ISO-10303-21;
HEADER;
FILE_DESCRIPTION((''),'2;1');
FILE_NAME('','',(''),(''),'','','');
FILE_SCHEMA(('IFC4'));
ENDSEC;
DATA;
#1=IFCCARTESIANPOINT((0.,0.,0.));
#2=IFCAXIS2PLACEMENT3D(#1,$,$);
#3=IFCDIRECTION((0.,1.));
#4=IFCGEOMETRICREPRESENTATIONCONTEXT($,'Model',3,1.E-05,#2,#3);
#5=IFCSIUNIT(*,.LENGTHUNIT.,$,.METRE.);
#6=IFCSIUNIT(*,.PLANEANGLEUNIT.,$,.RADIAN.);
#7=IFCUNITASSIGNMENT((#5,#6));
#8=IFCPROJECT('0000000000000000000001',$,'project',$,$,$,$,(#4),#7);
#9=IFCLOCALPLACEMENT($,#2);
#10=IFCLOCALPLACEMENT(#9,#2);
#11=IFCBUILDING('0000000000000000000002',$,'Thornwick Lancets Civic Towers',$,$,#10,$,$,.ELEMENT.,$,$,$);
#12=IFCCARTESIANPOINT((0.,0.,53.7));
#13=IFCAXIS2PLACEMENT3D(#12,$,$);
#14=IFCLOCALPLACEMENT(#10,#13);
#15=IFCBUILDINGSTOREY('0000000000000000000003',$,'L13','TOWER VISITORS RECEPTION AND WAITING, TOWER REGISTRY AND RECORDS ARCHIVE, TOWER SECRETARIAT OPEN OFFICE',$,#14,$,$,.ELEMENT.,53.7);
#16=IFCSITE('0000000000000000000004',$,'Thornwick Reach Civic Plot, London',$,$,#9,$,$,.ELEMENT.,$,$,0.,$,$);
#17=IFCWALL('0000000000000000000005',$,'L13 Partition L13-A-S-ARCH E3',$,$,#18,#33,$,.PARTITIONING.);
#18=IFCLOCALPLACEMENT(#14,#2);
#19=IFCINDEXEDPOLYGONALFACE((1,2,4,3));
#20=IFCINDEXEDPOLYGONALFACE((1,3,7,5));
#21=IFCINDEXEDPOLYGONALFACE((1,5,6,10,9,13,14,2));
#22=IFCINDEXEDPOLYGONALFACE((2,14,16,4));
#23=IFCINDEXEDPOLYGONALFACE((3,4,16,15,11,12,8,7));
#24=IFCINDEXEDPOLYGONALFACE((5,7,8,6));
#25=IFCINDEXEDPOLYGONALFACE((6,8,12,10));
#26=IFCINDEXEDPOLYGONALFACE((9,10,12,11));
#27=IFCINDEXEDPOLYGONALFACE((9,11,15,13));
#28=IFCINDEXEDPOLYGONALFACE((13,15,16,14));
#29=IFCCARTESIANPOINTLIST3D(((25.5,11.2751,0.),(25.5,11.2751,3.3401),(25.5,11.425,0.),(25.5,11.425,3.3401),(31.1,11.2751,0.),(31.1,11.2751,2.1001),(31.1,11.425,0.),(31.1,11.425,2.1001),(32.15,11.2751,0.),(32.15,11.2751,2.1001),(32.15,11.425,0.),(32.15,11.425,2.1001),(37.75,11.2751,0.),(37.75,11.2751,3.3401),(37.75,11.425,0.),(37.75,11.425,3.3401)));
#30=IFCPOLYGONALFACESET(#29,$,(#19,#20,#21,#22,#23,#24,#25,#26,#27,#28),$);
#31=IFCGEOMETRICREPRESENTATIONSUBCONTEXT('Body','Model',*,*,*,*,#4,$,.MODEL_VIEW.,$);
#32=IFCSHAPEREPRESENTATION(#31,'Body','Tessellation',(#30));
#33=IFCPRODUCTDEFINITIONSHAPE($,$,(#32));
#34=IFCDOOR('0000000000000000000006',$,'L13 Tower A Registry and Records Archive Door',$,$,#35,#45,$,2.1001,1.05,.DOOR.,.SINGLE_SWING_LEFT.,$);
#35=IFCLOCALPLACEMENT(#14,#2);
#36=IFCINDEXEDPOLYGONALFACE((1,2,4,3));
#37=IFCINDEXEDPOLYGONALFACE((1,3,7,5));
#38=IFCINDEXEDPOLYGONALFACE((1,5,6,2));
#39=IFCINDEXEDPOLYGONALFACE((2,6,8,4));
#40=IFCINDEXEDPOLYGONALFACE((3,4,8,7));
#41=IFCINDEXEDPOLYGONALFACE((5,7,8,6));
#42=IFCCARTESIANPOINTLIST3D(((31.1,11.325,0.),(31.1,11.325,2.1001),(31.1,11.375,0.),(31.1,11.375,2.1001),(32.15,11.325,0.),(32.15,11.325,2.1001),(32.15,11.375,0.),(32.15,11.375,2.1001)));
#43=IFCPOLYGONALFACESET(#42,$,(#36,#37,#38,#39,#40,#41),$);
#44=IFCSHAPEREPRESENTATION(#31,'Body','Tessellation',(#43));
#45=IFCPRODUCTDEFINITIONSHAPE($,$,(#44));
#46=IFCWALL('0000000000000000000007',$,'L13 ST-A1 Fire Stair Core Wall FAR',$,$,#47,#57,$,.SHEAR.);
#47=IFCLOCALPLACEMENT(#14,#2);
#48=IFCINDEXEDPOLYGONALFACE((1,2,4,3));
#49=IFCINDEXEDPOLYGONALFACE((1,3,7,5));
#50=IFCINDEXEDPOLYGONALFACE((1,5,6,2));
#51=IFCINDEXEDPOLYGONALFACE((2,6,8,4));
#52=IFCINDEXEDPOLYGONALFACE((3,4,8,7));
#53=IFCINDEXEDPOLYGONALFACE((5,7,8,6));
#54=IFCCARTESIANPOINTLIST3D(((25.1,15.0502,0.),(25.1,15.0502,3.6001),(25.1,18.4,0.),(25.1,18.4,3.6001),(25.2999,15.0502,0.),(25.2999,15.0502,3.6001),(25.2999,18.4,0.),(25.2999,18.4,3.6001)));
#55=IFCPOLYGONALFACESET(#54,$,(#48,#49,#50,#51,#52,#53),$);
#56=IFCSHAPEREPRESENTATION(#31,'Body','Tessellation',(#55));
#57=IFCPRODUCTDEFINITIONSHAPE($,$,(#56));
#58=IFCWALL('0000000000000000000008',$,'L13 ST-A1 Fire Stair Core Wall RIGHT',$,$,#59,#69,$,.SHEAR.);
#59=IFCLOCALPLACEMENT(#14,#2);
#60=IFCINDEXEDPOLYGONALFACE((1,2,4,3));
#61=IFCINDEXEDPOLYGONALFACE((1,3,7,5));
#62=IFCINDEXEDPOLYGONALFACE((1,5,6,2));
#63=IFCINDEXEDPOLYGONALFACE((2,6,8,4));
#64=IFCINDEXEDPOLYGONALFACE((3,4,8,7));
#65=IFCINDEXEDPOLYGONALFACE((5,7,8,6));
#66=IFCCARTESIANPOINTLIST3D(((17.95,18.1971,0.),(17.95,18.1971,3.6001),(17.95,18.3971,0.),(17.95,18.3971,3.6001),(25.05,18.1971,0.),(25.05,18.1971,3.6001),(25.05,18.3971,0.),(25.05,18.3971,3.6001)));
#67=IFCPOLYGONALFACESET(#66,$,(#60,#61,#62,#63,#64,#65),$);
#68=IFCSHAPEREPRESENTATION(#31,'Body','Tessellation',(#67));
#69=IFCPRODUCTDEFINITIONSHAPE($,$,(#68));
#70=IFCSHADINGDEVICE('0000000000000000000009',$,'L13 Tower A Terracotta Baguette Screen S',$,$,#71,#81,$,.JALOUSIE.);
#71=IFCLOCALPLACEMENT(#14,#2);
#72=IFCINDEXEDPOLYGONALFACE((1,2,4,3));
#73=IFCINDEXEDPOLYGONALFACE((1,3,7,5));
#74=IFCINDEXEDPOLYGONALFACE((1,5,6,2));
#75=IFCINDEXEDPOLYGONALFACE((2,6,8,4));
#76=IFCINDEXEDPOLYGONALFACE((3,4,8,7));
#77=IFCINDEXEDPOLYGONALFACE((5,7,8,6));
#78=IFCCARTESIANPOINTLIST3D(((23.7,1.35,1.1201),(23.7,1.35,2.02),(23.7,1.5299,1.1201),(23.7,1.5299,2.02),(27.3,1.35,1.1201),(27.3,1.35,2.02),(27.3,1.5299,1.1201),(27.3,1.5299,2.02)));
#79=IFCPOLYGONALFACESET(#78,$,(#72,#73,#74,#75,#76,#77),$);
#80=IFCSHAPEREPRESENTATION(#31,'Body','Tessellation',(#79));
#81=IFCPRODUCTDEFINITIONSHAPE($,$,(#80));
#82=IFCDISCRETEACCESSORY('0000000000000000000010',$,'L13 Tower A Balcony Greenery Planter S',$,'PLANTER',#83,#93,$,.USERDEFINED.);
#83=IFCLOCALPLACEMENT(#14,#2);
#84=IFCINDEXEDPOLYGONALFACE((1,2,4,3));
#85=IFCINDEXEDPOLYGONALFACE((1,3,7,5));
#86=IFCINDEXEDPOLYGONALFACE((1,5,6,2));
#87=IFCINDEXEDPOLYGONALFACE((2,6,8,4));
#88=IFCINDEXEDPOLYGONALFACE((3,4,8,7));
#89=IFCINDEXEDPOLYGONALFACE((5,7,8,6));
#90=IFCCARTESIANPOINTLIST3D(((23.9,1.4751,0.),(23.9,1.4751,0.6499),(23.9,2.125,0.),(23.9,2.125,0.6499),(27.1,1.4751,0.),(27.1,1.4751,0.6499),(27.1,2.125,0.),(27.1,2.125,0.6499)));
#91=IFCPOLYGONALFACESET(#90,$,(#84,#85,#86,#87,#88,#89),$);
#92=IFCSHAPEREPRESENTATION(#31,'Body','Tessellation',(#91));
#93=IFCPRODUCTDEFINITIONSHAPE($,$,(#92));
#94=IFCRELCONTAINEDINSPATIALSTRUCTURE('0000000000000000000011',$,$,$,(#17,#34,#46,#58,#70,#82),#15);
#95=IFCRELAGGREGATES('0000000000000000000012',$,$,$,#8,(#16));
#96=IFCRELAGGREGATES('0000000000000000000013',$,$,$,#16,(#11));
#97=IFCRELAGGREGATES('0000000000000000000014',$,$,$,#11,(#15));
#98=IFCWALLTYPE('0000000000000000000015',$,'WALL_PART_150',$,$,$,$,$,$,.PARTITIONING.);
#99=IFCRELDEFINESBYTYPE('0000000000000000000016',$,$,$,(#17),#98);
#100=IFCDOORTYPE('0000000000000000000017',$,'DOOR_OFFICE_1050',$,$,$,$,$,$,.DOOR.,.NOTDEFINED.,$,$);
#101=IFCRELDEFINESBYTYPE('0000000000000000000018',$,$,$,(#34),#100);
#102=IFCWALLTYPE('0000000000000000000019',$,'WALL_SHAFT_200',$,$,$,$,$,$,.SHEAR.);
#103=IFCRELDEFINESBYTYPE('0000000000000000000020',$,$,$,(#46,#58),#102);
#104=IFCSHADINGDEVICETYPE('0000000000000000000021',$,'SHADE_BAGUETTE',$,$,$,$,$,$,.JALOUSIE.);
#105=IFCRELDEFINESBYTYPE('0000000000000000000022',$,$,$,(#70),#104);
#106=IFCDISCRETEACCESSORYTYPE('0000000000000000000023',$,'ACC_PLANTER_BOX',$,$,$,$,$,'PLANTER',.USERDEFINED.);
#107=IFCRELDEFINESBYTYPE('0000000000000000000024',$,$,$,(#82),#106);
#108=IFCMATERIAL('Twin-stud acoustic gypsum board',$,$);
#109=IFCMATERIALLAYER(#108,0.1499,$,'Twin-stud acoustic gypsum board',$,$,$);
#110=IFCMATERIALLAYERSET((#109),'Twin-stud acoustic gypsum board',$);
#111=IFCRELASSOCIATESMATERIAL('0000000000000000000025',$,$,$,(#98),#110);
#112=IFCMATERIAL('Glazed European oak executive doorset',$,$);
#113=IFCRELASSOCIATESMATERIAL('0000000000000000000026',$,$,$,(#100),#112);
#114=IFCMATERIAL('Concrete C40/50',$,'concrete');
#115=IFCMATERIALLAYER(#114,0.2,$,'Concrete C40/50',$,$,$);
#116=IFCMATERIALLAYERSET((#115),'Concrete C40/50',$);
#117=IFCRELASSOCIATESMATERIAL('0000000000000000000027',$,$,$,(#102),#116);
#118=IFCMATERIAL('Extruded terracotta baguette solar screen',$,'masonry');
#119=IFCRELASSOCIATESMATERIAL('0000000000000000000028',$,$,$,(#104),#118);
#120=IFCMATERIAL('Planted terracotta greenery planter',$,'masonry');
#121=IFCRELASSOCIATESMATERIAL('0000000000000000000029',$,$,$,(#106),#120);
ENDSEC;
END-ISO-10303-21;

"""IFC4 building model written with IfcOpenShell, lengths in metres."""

from ifc_helpers import new_model, si_unit, direction, frame, frame_2d, origin, origin_2d, place, context, subcontext, project, spatial, rectangle, extrude, material, layer, layer_set, type_object, element, fill, save


model = new_model("IFC4")

# Units and contexts
model_context = context("Model", 3, precision=1e-05, world=origin(), true_north=direction((0.0, 1.0)))
body_context = subcontext(model_context, "Body", "Model", "MODEL_VIEW")
ifc_project = project(units=[si_unit("LENGTHUNIT", "METRE"), si_unit("PLANEANGLEUNIT", "RADIAN")], contexts=[model_context])

# Site, building, storey
site_placement = place(None, origin())
site = spatial("IfcSite", under=ifc_project, at=site_placement, Name="Thornwick Reach Civic Plot, London", CompositionType="ELEMENT", RefElevation=0.0)
building_placement = place(site_placement, origin())
building = spatial("IfcBuilding", under=site, at=building_placement, Name="Thornwick Lancets Civic Towers", CompositionType="ELEMENT")
storey_placement = place(building_placement, frame((0.0, 0.0, 53.7)))
storey = spatial("IfcBuildingStorey", under=building, at=storey_placement, Name="L13", Description="TOWER VISITORS RECEPTION AND WAITING, TOWER REGISTRY AND RECORDS ARCHIVE, TOWER SECRETARIAT OPEN OFFICE", CompositionType="ELEMENT", Elevation=53.7)

# Shared definitions
ifc_material_1 = material(Name="Twin-stud acoustic gypsum board")
ifc_layer_1 = layer(ifc_material_1, 0.1499, Name="Twin-stud acoustic gypsum board")
ifc_layer_set_1 = layer_set([ifc_layer_1], Name="Twin-stud acoustic gypsum board")
wall_type_1 = type_object("IfcWallType", Name="WALL_PART_150", PredefinedType="PARTITIONING", material=ifc_layer_set_1)

# Wall, opening, door
wall_1_placement = place(storey_placement, frame((25.5, 11.3501, 0.0), z_axis=(0.0, 0.0, 1.0), x_axis=(1.0, 0.0, 0.0)))
wall_1 = element("IfcWall", 1, at=wall_1_placement, inside=storey, type_object=wall_type_1, Name="L13 Partition L13-A-S-ARCH E3", PredefinedType="PARTITIONING", context=body_context, shape_type="SweptSolid", body=[
    extrude(rectangle(XDim=12.25, YDim=0.1499, at=frame_2d((6.125, 0.0))), origin(), (0.0, 0.0, 1.0), 3.3401),
])
opening_1_placement = place(wall_1_placement, frame((5.6001, 0.0, 0.0)))
opening_1 = element("IfcOpeningElement", 2, at=opening_1_placement, cuts=wall_1, PredefinedType="OPENING", context=body_context, shape_type="SweptSolid", body=[
    extrude(rectangle(XDim=1.05, YDim=2.1001, at=frame_2d((0.5249, 1.05))), frame((0.0, 0.085, 0.0), z_axis=(0.0, -1.0, 0.0), x_axis=(1.0, 0.0, 0.0)), (0.0, 0.0, 1.0), 0.1699),
])
ifc_material_2 = material(Name="Glazed European oak executive doorset")
door_type_1 = type_object("IfcDoorType", Name="DOOR_OFFICE_1050", OperationType="NOTDEFINED", PredefinedType="DOOR", material=ifc_material_2)
door_1_placement = place(opening_1_placement, origin())
door_1 = element("IfcDoor", 3, at=door_1_placement, inside=storey, type_object=door_type_1, Name="L13 Tower A Registry and Records Archive Door", OperationType="SINGLE_SWING_LEFT", OverallHeight=2.1001, OverallWidth=1.05, PredefinedType="DOOR", context=body_context, shape_type="SweptSolid", body=[
    extrude(rectangle(XDim=1.05, YDim=2.1001, at=frame_2d((0.5249, 1.05))), frame((0.0, 0.0249, 0.0), z_axis=(0.0, -1.0, 0.0), x_axis=(1.0, 0.0, 0.0)), (0.0, 0.0, 1.0), 0.05),
])
fill(opening_1, door_1)

# Walls
ifc_material_3 = material(Name="Concrete C40/50", Category="concrete")
ifc_layer_2 = layer(ifc_material_3, 0.2, Name="Concrete C40/50")
ifc_layer_set_2 = layer_set([ifc_layer_2], Name="Concrete C40/50")
wall_type_2 = type_object("IfcWallType", Name="WALL_SHAFT_200", PredefinedType="SHEAR", material=ifc_layer_set_2)
wall_2_placement = place(storey_placement, frame((25.2, 18.3999, 0.0), z_axis=(0.0, 0.0, 1.0), x_axis=(0.0, -1.0, 0.0)))
element("IfcWall", 4, at=wall_2_placement, inside=storey, type_object=wall_type_2, Name="L13 ST-A1 Fire Stair Core Wall FAR", PredefinedType="SHEAR", context=body_context, shape_type="SweptSolid", body=[
    extrude(rectangle(XDim=3.3499, YDim=0.2, at=frame_2d((1.6748, 0.0))), origin(), (0.0, 0.0, 1.0), 3.6001),
])
wall_3_placement = place(storey_placement, frame((25.05, 18.2971, 0.0), z_axis=(0.0, 0.0, 1.0), x_axis=(-1.0, 0.0, 0.0)))
element("IfcWall", 5, at=wall_3_placement, inside=storey, type_object=wall_type_2, Name="L13 ST-A1 Fire Stair Core Wall RIGHT", PredefinedType="SHEAR", context=body_context, shape_type="SweptSolid", body=[
    extrude(rectangle(XDim=7.1001, YDim=0.2, at=frame_2d((3.55, 0.0))), origin(), (0.0, 0.0, 1.0), 3.6001),
])

# Shading device
ifc_material_4 = material(Name="Extruded terracotta baguette solar screen", Category="masonry")
shading_device_type = type_object("IfcShadingDeviceType", Name="SHADE_BAGUETTE", PredefinedType="JALOUSIE", material=ifc_material_4)
shading_device_placement = place(storey_placement, frame((25.5, 1.4399, 1.1201), z_axis=(0.0, 0.0, 1.0), x_axis=(1.0, 0.0, 0.0)))
element("IfcShadingDevice", 6, at=shading_device_placement, inside=storey, type_object=shading_device_type, Name="L13 Tower A Terracotta Baguette Screen S", PredefinedType="JALOUSIE", context=body_context, shape_type="SweptSolid", body=[
    extrude(rectangle(XDim=3.6001, YDim=0.1799, at=origin_2d()), origin(), (0.0, 0.0, 1.0), 0.8999),
])

# Discrete accessory
ifc_material_5 = material(Name="Planted terracotta greenery planter", Category="masonry")
discrete_accessory_type = type_object("IfcDiscreteAccessoryType", Name="ACC_PLANTER_BOX", ElementType="PLANTER", PredefinedType="USERDEFINED", material=ifc_material_5)
discrete_accessory_placement = place(storey_placement, frame((25.5, 1.8, 0.0), z_axis=(0.0, 0.0, 1.0), x_axis=(1.0, 0.0, 0.0)))
element("IfcDiscreteAccessory", 7, at=discrete_accessory_placement, inside=storey, type_object=discrete_accessory_type, Name="L13 Tower A Balcony Greenery Planter S", ObjectType="PLANTER", PredefinedType="USERDEFINED", context=body_context, shape_type="SweptSolid", body=[
    extrude(rectangle(XDim=3.2, YDim=0.6499, at=origin_2d()), origin(), (0.0, 0.0, 1.0), 0.6499),
])

save(model, "model.ifc")
